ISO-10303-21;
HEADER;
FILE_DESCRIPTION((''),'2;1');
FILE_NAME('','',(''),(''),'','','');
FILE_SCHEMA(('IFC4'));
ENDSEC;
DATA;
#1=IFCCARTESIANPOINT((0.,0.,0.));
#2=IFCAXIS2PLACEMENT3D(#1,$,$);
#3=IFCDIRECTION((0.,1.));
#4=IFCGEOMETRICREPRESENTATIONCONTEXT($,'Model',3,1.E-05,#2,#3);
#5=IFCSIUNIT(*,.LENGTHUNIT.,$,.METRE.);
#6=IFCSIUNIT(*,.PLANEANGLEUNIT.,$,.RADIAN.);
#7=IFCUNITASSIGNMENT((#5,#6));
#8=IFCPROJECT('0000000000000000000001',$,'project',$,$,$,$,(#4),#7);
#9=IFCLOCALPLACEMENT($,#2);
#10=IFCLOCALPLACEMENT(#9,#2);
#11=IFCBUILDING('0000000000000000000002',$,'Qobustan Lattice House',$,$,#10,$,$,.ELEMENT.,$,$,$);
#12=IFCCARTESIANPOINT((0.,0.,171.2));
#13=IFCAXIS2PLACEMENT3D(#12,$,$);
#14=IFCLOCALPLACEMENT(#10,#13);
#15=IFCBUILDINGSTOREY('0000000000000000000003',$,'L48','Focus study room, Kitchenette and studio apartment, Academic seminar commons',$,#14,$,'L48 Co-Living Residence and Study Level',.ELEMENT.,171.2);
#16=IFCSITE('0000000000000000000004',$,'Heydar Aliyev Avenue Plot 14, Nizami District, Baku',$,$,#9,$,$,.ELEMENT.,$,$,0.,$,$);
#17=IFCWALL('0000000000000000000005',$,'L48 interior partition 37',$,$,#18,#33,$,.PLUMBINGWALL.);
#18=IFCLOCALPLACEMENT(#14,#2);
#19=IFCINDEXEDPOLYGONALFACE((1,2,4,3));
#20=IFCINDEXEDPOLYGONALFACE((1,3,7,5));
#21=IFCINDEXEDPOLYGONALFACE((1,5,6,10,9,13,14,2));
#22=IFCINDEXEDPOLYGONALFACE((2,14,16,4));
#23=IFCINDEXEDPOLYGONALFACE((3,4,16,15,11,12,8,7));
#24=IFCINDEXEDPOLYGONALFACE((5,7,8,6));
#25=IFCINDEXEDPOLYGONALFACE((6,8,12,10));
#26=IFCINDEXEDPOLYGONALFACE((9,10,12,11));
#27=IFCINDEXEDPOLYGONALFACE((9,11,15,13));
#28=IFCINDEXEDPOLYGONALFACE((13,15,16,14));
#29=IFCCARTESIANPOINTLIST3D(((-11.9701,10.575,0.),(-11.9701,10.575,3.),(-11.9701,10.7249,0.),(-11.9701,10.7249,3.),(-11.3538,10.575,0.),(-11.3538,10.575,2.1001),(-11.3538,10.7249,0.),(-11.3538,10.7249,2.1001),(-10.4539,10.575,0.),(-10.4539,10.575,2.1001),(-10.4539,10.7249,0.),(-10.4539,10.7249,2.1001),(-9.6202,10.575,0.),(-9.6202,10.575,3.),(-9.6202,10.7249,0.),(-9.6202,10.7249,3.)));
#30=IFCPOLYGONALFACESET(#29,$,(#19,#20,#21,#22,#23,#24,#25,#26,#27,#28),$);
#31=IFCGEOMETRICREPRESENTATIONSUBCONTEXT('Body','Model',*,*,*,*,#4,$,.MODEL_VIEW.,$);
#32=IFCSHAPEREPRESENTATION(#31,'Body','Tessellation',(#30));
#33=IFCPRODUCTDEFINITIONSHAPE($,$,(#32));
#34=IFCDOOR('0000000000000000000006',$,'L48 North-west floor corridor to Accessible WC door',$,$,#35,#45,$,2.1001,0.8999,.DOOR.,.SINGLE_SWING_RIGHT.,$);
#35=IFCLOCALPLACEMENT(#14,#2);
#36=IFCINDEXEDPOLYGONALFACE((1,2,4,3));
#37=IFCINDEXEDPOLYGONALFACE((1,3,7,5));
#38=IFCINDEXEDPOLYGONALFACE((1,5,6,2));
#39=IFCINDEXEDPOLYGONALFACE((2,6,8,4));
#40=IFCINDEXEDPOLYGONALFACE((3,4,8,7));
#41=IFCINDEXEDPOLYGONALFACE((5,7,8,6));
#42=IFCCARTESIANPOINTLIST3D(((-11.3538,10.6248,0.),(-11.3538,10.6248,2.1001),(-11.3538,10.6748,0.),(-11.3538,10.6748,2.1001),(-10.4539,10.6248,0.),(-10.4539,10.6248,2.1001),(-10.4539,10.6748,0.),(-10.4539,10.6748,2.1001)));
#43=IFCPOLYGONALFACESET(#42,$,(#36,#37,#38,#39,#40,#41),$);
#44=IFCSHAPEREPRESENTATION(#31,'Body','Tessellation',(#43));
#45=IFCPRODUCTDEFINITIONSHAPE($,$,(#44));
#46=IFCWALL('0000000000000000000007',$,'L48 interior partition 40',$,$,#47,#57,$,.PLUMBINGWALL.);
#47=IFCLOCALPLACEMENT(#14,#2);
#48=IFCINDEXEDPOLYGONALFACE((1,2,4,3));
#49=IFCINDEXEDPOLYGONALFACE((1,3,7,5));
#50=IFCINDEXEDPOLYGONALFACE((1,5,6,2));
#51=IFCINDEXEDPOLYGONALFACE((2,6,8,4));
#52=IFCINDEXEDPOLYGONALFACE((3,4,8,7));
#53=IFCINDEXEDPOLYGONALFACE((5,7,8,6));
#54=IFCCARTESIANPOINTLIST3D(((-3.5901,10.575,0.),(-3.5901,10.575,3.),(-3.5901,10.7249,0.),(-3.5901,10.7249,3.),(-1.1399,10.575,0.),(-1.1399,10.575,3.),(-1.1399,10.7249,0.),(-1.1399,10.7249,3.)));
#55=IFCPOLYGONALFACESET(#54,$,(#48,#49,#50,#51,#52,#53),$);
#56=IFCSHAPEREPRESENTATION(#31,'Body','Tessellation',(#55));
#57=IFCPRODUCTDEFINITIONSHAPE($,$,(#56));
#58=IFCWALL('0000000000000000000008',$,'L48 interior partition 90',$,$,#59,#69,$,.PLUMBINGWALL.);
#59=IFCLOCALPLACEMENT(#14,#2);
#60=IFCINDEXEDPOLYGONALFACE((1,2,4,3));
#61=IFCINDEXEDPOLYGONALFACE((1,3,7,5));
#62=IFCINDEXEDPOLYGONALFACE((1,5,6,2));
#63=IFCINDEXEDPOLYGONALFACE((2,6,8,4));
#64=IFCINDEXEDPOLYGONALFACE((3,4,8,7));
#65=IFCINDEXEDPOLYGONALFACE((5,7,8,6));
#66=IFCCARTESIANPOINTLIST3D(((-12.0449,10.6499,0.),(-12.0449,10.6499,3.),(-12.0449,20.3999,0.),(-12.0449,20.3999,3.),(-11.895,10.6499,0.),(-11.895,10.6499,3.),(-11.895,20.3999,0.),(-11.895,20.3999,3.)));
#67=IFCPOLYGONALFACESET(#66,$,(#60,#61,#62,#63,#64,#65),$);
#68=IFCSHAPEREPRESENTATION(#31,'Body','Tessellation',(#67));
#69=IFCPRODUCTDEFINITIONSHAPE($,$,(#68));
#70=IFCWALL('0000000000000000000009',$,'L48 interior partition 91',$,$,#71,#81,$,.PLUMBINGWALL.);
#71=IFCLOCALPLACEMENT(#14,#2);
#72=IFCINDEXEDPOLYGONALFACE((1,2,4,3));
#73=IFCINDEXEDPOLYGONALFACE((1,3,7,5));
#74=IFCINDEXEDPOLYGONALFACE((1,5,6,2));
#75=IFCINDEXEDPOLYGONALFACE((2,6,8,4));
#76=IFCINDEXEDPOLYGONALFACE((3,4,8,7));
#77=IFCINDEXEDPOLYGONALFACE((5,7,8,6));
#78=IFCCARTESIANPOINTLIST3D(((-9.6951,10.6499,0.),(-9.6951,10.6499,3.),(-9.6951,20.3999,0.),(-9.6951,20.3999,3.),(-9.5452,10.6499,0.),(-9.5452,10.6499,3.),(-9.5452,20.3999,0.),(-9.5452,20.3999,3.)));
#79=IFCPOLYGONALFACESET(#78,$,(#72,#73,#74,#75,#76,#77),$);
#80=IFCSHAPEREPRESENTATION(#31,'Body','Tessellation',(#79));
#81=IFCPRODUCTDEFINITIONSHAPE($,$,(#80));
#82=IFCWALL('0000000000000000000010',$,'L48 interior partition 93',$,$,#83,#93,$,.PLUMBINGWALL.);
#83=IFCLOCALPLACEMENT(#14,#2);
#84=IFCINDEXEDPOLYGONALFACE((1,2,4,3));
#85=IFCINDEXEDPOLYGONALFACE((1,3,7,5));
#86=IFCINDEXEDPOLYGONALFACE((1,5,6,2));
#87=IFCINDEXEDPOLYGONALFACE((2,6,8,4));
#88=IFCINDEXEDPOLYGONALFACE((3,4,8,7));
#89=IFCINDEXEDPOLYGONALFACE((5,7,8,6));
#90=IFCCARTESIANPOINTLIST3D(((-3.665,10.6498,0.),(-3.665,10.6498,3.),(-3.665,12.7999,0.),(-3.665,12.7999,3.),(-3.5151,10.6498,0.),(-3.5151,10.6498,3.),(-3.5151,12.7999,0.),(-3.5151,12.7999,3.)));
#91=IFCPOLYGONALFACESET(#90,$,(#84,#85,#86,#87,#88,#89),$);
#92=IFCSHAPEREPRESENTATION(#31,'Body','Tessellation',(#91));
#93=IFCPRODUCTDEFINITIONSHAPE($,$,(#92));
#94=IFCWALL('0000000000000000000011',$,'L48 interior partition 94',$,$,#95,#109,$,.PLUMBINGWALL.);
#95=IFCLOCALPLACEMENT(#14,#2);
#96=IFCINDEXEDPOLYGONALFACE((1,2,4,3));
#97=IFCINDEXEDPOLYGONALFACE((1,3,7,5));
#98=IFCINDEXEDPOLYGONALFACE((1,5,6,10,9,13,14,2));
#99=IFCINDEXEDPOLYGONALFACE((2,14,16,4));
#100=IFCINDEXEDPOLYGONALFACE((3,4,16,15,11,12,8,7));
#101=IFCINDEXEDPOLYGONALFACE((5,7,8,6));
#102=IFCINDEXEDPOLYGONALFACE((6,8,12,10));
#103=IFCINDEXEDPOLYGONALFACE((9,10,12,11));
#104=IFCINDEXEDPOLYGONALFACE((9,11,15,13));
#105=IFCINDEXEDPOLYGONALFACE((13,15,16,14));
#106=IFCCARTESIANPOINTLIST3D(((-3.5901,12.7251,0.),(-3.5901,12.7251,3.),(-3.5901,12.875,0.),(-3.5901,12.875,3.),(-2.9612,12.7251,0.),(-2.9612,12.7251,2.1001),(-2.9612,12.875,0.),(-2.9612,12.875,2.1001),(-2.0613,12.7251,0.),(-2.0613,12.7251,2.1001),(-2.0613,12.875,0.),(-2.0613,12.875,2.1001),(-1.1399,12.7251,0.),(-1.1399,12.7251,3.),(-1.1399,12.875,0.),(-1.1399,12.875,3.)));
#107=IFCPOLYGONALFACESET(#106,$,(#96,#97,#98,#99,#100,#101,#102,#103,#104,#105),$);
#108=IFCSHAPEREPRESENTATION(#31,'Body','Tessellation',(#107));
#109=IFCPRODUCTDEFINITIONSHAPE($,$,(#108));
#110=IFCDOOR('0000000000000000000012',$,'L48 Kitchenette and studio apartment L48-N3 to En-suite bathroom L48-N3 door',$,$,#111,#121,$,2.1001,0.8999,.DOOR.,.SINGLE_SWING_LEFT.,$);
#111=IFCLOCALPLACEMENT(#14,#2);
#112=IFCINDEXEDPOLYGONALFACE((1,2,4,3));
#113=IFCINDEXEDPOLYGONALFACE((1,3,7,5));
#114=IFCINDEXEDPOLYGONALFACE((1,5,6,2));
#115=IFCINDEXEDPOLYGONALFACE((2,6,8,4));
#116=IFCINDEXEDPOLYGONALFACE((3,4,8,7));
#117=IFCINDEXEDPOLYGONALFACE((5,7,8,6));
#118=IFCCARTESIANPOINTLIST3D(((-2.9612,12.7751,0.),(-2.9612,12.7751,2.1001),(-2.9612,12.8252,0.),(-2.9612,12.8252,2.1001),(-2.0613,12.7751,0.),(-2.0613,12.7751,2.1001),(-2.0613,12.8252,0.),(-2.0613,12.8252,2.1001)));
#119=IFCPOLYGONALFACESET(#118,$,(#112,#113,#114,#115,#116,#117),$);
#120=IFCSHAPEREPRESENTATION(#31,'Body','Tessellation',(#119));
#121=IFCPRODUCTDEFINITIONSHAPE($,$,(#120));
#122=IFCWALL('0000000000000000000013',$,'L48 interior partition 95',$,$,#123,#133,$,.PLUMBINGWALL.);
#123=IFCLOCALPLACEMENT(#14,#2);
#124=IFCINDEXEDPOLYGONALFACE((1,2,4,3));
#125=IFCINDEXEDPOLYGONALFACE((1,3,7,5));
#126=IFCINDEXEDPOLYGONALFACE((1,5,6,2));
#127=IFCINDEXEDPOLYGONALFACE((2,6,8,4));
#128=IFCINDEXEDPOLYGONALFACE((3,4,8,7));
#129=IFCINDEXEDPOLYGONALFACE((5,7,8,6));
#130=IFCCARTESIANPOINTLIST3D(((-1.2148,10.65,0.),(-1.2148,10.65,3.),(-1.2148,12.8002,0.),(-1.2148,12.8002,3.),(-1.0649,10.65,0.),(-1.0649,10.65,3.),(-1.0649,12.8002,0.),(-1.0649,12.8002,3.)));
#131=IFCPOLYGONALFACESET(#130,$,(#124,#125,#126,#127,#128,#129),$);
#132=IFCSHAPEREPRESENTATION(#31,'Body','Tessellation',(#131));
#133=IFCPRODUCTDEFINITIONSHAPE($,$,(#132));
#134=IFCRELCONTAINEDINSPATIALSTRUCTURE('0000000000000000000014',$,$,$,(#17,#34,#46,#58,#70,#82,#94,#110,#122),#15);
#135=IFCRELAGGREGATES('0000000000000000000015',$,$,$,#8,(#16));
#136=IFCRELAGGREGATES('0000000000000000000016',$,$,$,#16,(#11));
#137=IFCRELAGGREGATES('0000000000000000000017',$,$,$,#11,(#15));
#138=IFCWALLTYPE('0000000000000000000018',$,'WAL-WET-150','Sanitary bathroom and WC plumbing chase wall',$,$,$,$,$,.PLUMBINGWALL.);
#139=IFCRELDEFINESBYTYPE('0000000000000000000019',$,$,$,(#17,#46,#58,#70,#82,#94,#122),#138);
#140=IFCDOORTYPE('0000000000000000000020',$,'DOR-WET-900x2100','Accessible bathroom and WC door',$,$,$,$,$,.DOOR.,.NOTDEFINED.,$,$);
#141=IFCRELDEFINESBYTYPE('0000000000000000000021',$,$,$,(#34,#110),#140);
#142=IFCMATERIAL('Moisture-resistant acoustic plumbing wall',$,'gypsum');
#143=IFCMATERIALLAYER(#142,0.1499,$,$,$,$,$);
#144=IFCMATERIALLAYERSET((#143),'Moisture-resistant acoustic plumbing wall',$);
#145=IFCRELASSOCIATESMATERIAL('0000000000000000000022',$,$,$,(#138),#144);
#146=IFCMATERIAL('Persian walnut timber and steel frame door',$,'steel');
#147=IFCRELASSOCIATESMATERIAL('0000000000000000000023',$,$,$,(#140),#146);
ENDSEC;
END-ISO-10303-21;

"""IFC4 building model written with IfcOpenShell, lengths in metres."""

from ifc_helpers import new_model, si_unit, direction, frame, frame_2d, origin, place, context, subcontext, project, spatial, rectangle, extrude, material, layer, layer_set, type_object, element, fill, save


model = new_model("IFC4")

# Units and contexts
model_context = context("Model", 3, precision=1e-05, world=origin(), true_north=direction((0.0, 1.0)))
body_context = subcontext(model_context, "Body", "Model", "MODEL_VIEW")
ifc_project = project(units=[si_unit("LENGTHUNIT", "METRE"), si_unit("PLANEANGLEUNIT", "RADIAN")], contexts=[model_context])

# Site, building, storey
site_placement = place(None, origin())
site = spatial("IfcSite", under=ifc_project, at=site_placement, Name="Heydar Aliyev Avenue Plot 14, Nizami District, Baku", CompositionType="ELEMENT", RefElevation=0.0)
building_placement = place(site_placement, origin())
building = spatial("IfcBuilding", under=site, at=building_placement, Name="Qobustan Lattice House", CompositionType="ELEMENT")
storey_placement = place(building_placement, frame((0.0, 0.0, 171.2)))
storey = spatial("IfcBuildingStorey", under=building, at=storey_placement, Name="L48", Description="Focus study room, Kitchenette and studio apartment, Academic seminar commons", LongName="L48 Co-Living Residence and Study Level", CompositionType="ELEMENT", Elevation=171.2)

# Wall, opening, door
ifc_material_1 = material(Name="Moisture-resistant acoustic plumbing wall", Category="gypsum")
ifc_layer_1 = layer(ifc_material_1, 0.1499)
ifc_layer_set_1 = layer_set([ifc_layer_1], Name="Moisture-resistant acoustic plumbing wall")
wall_type_1 = type_object("IfcWallType", Name="WAL-WET-150", Description="Sanitary bathroom and WC plumbing chase wall", PredefinedType="PLUMBINGWALL", material=ifc_layer_set_1)
wall_1_placement = place(storey_placement, frame((-11.97, 10.6499, 0.0), z_axis=(0.0, 0.0, 1.0), x_axis=(1.0, 0.0, 0.0)))
wall_1 = element("IfcWall", 1, at=wall_1_placement, inside=storey, type_object=wall_type_1, Name="L48 interior partition 37", PredefinedType="PLUMBINGWALL", context=body_context, shape_type="SweptSolid", body=[
    extrude(rectangle(XDim=2.3499, YDim=0.1499, at=frame_2d((1.1748, 0.0))), origin(), (0.0, 0.0, 1.0), 3.0),
])
opening_1_placement = place(wall_1_placement, frame((0.6162, 0.0, 0.0)))
opening_1 = element("IfcOpeningElement", 2, at=opening_1_placement, cuts=wall_1, PredefinedType="OPENING", context=body_context, shape_type="SweptSolid", body=[
    extrude(rectangle(XDim=0.8999, YDim=2.1001, at=frame_2d((0.45, 1.05))), frame((0.0, 0.085, 0.0), z_axis=(0.0, -1.0, 0.0), x_axis=(1.0, 0.0, 0.0)), (0.0, 0.0, 1.0), 0.1699),
])
ifc_material_2 = material(Name="Persian walnut timber and steel frame door", Category="steel")
door_type_1 = type_object("IfcDoorType", Name="DOR-WET-900x2100", Description="Accessible bathroom and WC door", OperationType="NOTDEFINED", PredefinedType="DOOR", material=ifc_material_2)
door_1_placement = place(opening_1_placement, origin())
door_1 = element("IfcDoor", 3, at=door_1_placement, inside=storey, type_object=door_type_1, Name="L48 North-west floor corridor to Accessible WC door", OperationType="SINGLE_SWING_RIGHT", OverallHeight=2.1001, OverallWidth=0.8999, PredefinedType="DOOR", context=body_context, shape_type="SweptSolid", body=[
    extrude(rectangle(XDim=0.8999, YDim=2.1001, at=frame_2d((0.45, 1.05))), frame((0.0, 0.0249, 0.0), z_axis=(0.0, -1.0, 0.0), x_axis=(1.0, 0.0, 0.0)), (0.0, 0.0, 1.0), 0.05),
])
fill(opening_1, door_1)

# Walls
wall_2_placement = place(storey_placement, frame((-3.5901, 10.6499, 0.0), z_axis=(0.0, 0.0, 1.0), x_axis=(1.0, 0.0, 0.0)))
element("IfcWall", 4, at=wall_2_placement, inside=storey, type_object=wall_type_1, Name="L48 interior partition 40", PredefinedType="PLUMBINGWALL", context=body_context, shape_type="SweptSolid", body=[
    extrude(rectangle(XDim=2.4502, YDim=0.1499, at=frame_2d((1.2251, 0.0))), origin(), (0.0, 0.0, 1.0), 3.0),
])
for number, where, z_axis, x_axis, name in (
    (5, (-11.97, 20.3999, 0.0), (0.0, 0.0, 1.0), (0.0, -1.0, 0.0), "L48 interior partition 90"),
    (6, (-9.6201, 20.3999, 0.0), (0.0, 0.0, 1.0), (0.0, -1.0, 0.0), "L48 interior partition 91"),
):
    element("IfcWall", number, at=place(storey_placement, frame(where, z_axis=z_axis, x_axis=x_axis)), inside=storey, type_object=wall_type_1, Name=name, PredefinedType="PLUMBINGWALL", context=body_context, shape_type="SweptSolid", body=[
        extrude(rectangle(XDim=9.75, YDim=0.1499, at=frame_2d((4.875, 0.0))), origin(), (0.0, 0.0, 1.0), 3.0),
    ])
wall_3_placement = place(storey_placement, frame((-3.5901, 12.8, 0.0), z_axis=(0.0, 0.0, 1.0), x_axis=(0.0, -1.0, 0.0)))
element("IfcWall", 7, at=wall_3_placement, inside=storey, type_object=wall_type_1, Name="L48 interior partition 93", PredefinedType="PLUMBINGWALL", context=body_context, shape_type="SweptSolid", body=[
    extrude(rectangle(XDim=2.1501, YDim=0.1499, at=frame_2d((1.0752, 0.0))), origin(), (0.0, 0.0, 1.0), 3.0),
])

# Wall, opening, door
wall_4_placement = place(storey_placement, frame((-1.1399, 12.8, 0.0), z_axis=(0.0, 0.0, 1.0), x_axis=(-1.0, 0.0, 0.0)))
wall_4 = element("IfcWall", 8, at=wall_4_placement, inside=storey, type_object=wall_type_1, Name="L48 interior partition 94", PredefinedType="PLUMBINGWALL", context=body_context, shape_type="SweptSolid", body=[
    extrude(rectangle(XDim=2.4502, YDim=0.1499, at=frame_2d((1.2251, 0.0))), origin(), (0.0, 0.0, 1.0), 3.0),
])
opening_2_placement = place(wall_4_placement, frame((0.9214, 0.0, 0.0)))
opening_2 = element("IfcOpeningElement", 9, at=opening_2_placement, cuts=wall_4, PredefinedType="OPENING", context=body_context, shape_type="SweptSolid", body=[
    extrude(rectangle(XDim=0.8999, YDim=2.1001, at=frame_2d((0.45, 1.05))), frame((0.0, 0.085, 0.0), z_axis=(0.0, -1.0, 0.0), x_axis=(1.0, 0.0, 0.0)), (0.0, 0.0, 1.0), 0.1699),
])
door_2_placement = place(opening_2_placement, origin())
door_2 = element("IfcDoor", 10, at=door_2_placement, inside=storey, type_object=door_type_1, Name="L48 Kitchenette and studio apartment L48-N3 to En-suite bathroom L48-N3 door", OperationType="SINGLE_SWING_LEFT", OverallHeight=2.1001, OverallWidth=0.8999, PredefinedType="DOOR", context=body_context, shape_type="SweptSolid", body=[
    extrude(rectangle(XDim=0.8999, YDim=2.1001, at=frame_2d((0.45, 1.05))), frame((0.0, 0.0249, 0.0), z_axis=(0.0, -1.0, 0.0), x_axis=(1.0, 0.0, 0.0)), (0.0, 0.0, 1.0), 0.05),
])
fill(opening_2, door_2)

# Wall
wall_5_placement = place(storey_placement, frame((-1.1399, 10.6499, 0.0), z_axis=(0.0, 0.0, 1.0), x_axis=(0.0, 1.0, 0.0)))
element("IfcWall", 11, at=wall_5_placement, inside=storey, type_object=wall_type_1, Name="L48 interior partition 95", PredefinedType="PLUMBINGWALL", context=body_context, shape_type="SweptSolid", body=[
    extrude(rectangle(XDim=2.1501, YDim=0.1499, at=frame_2d((1.0752, 0.0))), origin(), (0.0, 0.0, 1.0), 3.0),
])

save(model, "model.ifc")
